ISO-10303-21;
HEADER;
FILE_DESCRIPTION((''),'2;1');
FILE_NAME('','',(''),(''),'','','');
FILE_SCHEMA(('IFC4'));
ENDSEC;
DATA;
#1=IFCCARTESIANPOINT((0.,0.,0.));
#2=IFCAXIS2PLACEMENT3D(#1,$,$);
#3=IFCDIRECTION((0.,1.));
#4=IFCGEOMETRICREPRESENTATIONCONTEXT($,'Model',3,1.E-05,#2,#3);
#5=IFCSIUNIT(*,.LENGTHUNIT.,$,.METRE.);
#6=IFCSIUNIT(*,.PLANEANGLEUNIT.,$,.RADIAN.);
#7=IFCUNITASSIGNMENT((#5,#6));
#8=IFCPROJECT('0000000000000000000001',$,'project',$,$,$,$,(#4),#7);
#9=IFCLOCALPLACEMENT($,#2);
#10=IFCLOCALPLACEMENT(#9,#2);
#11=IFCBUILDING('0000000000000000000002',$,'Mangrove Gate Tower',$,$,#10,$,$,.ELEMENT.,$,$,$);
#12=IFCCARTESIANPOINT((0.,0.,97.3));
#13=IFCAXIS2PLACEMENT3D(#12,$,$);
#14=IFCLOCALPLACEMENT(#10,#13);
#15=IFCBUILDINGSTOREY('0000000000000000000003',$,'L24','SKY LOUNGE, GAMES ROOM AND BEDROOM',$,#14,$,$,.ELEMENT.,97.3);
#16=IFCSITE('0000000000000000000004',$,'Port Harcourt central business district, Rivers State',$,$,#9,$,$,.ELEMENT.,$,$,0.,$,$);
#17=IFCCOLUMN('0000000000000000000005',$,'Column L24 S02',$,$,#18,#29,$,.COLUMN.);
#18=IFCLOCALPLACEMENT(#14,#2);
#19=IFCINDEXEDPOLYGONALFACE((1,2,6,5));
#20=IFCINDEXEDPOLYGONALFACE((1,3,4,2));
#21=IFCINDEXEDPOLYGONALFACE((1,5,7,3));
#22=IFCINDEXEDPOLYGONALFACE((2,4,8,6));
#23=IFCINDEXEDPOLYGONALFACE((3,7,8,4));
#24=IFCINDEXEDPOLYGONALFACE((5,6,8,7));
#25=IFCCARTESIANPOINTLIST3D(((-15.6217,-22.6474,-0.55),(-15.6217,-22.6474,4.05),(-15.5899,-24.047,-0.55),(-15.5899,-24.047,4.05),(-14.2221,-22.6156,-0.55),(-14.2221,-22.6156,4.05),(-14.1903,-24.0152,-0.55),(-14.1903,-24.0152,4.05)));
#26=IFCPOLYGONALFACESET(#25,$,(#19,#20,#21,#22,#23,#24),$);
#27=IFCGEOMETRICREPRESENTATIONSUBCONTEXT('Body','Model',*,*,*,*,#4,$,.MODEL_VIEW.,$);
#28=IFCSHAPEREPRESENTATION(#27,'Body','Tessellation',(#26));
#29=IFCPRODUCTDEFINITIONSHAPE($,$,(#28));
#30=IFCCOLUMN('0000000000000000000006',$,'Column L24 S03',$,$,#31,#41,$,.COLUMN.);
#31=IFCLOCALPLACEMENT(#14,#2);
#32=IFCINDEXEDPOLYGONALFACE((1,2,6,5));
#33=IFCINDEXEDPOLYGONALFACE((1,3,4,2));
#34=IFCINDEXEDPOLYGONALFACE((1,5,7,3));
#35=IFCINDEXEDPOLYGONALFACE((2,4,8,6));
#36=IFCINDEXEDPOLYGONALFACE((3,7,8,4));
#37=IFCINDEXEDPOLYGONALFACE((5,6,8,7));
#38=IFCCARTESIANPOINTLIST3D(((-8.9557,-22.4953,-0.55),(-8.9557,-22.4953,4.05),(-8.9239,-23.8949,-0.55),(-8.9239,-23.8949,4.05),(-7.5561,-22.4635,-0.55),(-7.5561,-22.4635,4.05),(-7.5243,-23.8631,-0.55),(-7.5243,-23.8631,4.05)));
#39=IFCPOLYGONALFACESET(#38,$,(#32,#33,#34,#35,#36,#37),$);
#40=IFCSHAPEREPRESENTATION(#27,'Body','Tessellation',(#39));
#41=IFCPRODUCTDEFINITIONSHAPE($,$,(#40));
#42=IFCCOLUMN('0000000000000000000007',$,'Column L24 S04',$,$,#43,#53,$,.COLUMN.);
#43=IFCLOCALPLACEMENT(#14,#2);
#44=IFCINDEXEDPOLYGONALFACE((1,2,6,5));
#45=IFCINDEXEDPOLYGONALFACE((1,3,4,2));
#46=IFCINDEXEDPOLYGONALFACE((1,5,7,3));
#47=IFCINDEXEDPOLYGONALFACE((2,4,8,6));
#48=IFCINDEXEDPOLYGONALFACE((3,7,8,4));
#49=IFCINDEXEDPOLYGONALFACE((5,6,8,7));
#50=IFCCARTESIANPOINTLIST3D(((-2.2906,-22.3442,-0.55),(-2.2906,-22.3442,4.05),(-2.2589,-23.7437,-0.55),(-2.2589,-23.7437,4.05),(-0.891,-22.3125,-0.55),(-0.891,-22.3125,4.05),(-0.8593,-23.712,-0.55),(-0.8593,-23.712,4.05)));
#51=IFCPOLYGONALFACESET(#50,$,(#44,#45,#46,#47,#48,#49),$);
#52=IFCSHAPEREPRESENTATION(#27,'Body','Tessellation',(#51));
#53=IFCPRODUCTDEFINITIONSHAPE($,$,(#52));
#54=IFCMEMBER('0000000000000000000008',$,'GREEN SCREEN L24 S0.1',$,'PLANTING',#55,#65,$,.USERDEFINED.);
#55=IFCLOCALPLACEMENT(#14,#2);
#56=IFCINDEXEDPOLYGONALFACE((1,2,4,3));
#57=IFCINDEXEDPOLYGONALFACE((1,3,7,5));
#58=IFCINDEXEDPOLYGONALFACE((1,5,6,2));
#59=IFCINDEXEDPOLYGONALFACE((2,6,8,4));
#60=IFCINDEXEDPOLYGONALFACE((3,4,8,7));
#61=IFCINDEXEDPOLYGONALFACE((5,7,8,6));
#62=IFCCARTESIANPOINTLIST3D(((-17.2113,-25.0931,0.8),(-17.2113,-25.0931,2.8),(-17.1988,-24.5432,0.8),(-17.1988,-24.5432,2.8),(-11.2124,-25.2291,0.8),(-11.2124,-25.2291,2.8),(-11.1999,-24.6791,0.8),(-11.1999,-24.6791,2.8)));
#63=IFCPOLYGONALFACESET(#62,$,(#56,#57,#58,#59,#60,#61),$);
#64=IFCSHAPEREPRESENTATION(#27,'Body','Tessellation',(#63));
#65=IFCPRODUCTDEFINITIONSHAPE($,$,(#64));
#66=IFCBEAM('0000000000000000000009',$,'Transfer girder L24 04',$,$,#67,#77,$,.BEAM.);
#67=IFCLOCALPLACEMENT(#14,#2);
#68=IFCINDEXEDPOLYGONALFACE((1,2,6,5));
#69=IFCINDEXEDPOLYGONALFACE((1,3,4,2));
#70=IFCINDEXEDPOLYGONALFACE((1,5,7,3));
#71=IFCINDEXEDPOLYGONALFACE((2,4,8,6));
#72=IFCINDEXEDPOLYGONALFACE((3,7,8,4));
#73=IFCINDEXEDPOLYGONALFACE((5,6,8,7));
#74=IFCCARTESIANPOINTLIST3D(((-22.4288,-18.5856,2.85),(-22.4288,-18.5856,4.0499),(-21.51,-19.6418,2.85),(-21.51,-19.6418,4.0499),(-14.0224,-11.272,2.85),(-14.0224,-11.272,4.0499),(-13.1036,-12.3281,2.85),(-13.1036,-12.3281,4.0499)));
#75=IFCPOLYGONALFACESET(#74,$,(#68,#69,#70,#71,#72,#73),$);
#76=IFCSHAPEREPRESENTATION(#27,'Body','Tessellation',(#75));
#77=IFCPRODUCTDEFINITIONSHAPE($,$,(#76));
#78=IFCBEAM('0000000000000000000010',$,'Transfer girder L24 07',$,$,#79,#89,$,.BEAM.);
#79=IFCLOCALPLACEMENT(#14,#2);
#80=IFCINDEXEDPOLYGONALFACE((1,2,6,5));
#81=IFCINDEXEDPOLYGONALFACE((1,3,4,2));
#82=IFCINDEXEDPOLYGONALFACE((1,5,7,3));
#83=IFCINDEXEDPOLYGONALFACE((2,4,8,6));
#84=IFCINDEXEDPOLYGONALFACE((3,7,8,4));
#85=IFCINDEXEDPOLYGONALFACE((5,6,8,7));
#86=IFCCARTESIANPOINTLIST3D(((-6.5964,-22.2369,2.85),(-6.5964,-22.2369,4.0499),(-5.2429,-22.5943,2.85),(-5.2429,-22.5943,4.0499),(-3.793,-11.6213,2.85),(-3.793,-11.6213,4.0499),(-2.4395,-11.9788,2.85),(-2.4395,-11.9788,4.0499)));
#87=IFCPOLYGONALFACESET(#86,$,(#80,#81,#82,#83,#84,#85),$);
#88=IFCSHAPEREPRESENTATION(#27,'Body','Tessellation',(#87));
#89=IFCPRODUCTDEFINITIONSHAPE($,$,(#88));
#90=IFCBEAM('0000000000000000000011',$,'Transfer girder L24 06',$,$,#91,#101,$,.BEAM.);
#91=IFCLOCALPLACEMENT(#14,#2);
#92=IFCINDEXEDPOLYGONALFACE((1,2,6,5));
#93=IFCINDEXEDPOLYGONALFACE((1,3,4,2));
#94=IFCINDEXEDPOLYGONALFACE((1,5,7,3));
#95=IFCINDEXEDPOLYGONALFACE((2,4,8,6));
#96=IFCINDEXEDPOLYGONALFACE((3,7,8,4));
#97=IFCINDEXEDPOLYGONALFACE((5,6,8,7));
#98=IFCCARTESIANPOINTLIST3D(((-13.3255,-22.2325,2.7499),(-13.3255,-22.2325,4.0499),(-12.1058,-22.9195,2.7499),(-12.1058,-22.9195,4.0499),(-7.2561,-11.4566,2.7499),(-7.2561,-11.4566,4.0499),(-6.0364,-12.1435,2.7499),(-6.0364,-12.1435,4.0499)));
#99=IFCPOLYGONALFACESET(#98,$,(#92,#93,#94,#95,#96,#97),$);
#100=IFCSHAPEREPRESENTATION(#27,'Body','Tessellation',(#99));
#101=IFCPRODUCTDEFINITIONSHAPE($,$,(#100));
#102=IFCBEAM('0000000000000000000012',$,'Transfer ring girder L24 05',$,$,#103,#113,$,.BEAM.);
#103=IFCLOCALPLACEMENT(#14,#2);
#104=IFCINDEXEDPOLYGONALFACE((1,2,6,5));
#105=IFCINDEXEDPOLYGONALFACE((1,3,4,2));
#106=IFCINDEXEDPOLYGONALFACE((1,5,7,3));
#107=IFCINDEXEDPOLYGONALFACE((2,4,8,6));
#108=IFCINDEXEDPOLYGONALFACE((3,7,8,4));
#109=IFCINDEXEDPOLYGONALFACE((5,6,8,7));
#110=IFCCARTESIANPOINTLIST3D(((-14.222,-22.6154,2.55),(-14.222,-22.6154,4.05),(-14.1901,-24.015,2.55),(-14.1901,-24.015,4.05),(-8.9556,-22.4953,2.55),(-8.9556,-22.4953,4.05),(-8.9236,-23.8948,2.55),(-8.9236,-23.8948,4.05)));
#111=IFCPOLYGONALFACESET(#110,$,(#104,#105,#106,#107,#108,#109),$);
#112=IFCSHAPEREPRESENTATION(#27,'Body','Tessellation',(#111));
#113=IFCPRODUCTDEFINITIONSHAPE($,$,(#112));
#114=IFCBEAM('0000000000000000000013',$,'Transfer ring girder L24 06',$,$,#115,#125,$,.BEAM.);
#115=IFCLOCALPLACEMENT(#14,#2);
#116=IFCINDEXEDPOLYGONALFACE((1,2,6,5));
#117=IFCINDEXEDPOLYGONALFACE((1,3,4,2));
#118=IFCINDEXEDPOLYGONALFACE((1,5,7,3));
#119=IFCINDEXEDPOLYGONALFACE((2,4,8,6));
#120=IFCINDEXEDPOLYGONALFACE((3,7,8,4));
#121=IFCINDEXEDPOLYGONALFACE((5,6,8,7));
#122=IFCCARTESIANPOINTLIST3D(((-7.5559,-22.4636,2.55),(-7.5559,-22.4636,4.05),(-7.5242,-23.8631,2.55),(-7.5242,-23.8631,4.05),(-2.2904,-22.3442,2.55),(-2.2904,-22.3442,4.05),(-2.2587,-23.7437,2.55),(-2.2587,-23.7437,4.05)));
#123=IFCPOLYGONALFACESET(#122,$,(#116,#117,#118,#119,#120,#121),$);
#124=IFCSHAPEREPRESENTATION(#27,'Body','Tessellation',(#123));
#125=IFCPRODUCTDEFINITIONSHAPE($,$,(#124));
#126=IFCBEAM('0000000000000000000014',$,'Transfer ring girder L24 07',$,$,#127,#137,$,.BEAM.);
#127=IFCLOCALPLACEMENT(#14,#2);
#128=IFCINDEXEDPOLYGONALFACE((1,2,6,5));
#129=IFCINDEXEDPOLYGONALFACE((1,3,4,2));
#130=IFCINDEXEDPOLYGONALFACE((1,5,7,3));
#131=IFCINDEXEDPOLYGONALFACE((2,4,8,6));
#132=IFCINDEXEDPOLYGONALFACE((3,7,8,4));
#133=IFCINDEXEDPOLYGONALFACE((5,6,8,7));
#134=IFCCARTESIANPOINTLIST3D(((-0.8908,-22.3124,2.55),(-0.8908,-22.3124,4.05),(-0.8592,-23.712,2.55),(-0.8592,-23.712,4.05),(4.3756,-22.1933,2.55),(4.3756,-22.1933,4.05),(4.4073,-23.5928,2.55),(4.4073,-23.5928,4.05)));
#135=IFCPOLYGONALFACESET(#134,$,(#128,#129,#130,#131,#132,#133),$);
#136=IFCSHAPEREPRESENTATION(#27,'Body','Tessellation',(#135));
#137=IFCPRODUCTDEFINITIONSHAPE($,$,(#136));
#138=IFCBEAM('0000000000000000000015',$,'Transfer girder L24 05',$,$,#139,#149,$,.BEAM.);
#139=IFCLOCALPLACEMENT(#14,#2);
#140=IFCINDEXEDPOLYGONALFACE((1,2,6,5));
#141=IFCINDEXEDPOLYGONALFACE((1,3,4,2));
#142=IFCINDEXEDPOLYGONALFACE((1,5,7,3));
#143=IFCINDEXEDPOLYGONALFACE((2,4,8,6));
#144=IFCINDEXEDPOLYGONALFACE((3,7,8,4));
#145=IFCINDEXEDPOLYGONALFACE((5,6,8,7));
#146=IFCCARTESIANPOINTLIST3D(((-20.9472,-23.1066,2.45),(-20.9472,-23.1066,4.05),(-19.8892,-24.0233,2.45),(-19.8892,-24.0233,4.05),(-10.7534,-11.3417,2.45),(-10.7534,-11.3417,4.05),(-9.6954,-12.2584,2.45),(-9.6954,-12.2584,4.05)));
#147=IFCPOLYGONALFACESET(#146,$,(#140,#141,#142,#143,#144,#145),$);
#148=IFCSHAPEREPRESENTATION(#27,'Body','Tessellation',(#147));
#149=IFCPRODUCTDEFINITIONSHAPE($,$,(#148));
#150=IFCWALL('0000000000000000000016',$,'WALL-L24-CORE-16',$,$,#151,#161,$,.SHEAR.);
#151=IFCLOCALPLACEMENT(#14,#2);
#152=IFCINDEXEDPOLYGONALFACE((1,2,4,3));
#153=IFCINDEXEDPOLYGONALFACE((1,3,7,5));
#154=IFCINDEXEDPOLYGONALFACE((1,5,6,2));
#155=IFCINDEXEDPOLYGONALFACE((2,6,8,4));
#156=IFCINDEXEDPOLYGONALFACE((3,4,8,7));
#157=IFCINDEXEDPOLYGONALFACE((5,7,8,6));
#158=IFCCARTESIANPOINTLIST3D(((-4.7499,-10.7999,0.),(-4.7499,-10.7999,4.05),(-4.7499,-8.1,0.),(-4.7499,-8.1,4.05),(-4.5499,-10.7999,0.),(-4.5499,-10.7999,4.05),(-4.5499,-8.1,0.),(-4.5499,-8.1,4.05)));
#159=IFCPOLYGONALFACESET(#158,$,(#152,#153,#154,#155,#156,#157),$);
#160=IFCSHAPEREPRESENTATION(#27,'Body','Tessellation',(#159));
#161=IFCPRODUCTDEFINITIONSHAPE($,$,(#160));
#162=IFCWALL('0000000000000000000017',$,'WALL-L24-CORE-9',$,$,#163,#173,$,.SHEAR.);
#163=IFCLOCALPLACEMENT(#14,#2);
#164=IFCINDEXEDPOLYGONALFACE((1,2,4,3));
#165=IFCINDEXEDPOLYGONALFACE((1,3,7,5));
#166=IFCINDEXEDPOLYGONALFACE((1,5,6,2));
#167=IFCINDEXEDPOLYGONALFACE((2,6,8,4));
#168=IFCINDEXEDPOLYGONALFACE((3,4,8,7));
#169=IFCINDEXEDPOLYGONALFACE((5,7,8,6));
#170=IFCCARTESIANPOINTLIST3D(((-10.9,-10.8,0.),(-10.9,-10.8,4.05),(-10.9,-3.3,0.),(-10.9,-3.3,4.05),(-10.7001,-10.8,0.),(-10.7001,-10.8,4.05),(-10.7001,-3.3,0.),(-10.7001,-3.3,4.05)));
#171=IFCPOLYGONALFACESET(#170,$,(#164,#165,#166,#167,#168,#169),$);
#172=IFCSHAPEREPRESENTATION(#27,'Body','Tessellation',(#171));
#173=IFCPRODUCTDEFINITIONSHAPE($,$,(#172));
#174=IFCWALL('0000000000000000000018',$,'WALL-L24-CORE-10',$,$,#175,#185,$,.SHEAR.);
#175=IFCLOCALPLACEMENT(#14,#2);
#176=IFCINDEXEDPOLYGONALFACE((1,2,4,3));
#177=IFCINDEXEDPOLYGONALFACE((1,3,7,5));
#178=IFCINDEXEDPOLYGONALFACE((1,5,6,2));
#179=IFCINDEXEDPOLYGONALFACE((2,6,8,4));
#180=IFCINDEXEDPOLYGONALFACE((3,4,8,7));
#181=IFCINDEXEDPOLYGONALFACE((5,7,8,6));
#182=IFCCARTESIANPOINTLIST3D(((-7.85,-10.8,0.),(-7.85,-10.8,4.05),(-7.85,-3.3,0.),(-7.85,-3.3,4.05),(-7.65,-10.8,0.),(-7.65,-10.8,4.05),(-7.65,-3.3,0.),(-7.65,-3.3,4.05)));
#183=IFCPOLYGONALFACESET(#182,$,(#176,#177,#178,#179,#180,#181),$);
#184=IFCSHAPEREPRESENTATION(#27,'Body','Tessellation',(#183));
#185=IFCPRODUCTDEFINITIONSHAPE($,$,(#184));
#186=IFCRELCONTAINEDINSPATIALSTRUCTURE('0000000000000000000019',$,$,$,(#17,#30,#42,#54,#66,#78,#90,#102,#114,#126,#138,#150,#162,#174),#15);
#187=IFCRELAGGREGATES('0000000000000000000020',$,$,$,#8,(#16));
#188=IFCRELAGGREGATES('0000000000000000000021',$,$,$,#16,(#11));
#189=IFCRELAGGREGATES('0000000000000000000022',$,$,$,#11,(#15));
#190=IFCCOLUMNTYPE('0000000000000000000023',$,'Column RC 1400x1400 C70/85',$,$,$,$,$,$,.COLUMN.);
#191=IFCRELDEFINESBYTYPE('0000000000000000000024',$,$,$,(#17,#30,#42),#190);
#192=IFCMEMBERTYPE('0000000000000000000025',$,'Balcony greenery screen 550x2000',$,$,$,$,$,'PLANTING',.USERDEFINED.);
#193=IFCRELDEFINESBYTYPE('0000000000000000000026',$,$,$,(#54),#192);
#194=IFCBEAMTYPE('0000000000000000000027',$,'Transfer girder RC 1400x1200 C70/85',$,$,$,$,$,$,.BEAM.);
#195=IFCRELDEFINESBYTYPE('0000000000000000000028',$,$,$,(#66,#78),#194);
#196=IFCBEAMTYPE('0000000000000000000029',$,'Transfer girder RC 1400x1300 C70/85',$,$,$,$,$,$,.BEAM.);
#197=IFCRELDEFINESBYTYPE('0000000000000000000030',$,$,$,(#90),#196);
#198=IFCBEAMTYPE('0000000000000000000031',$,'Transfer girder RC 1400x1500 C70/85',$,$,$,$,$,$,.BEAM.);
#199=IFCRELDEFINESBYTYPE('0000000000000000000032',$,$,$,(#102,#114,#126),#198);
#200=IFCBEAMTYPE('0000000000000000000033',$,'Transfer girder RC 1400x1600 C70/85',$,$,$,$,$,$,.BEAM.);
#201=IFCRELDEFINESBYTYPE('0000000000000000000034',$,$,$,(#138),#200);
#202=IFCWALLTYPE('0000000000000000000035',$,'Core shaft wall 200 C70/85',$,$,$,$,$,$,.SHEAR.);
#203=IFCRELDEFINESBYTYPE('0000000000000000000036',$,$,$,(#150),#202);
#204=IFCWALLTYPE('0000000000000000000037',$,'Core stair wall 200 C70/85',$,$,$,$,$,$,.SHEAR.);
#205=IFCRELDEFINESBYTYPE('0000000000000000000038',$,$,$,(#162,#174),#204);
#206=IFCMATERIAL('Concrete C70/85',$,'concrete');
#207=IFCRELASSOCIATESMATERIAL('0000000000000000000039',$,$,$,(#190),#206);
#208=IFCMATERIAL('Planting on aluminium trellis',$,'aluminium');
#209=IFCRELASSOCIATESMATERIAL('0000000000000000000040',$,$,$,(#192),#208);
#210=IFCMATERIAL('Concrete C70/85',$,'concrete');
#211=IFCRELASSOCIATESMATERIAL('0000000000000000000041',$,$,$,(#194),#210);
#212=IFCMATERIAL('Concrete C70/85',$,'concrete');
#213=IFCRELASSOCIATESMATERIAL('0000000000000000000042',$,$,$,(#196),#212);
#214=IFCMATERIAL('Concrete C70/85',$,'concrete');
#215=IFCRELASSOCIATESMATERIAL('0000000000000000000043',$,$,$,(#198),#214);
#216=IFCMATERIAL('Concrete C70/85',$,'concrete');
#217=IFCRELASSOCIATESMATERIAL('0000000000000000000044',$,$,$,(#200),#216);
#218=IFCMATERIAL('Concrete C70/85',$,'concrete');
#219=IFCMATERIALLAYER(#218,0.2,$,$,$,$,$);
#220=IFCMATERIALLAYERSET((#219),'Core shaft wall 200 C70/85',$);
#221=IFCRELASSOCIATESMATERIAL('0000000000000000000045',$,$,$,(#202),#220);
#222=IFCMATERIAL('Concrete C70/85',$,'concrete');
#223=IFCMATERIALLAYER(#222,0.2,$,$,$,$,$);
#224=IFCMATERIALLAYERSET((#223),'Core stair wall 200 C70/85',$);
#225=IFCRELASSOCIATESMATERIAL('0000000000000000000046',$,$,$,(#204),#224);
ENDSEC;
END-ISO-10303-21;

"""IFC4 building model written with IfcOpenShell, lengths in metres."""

from ifc_helpers import new_model, si_unit, direction, frame, frame_2d, origin, origin_2d, place, context, subcontext, project, spatial, rectangle, extrude, material, layer, layer_set, material_profile, profile_set, type_object, element, save


model = new_model("IFC4")

# Units and contexts
model_context = context("Model", 3, precision=1e-05, world=origin(), true_north=direction((0.0, 1.0)))
body_context = subcontext(model_context, "Body", "Model", "MODEL_VIEW")
ifc_project = project(units=[si_unit("LENGTHUNIT", "METRE"), si_unit("PLANEANGLEUNIT", "RADIAN")], contexts=[model_context])

# Site, building, storey
site_placement = place(None, origin())
site = spatial("IfcSite", under=ifc_project, at=site_placement, Name="Port Harcourt central business district, Rivers State", CompositionType="ELEMENT", RefElevation=0.0)
building_placement = place(site_placement, origin())
building = spatial("IfcBuilding", under=site, at=building_placement, Name="Mangrove Gate Tower", CompositionType="ELEMENT")
storey_placement = place(building_placement, frame((0.0, 0.0, 97.3)))
storey = spatial("IfcBuildingStorey", under=building, at=storey_placement, Name="L24", Description="SKY LOUNGE, GAMES ROOM AND BEDROOM", CompositionType="ELEMENT", Elevation=97.3)

# Columns
ifc_material_1 = material(Name="Concrete C70/85", Category="concrete")
ifc_material_profile_1 = material_profile(ifc_material_1, rectangle(XDim=1.3999, YDim=1.3999, at=origin_2d()))
ifc_profile_set_1 = profile_set([ifc_material_profile_1], Name="Concrete C70/85")
column_type = type_object("IfcColumnType", Name="Column RC 1400x1400 C70/85", PredefinedType="COLUMN", material=ifc_profile_set_1)
for number, where, z_axis, x_axis, name in (
    (1, (-14.906, -23.3313, -0.55), (0.0, 0.0, 1.0), (0.999742, 0.022721, 0.0), "Column L24 S02"),
    (2, (-8.24, -23.1792, -0.55), (0.0, 0.0, 1.0), (0.999742, 0.022723, 0.0), "Column L24 S03"),
    (3, (-1.575, -23.0281, -0.55), (0.0, 0.0, 1.0), (0.999743, 0.022648, 0.0), "Column L24 S04"),
):
    element("IfcColumn", number, at=place(storey_placement, frame(where, z_axis=z_axis, x_axis=x_axis)), inside=storey, type_object=column_type, Name=name, PredefinedType="COLUMN", context=body_context, shape_type="SweptSolid", body=[
        extrude(rectangle(XDim=1.3999, YDim=1.3999, at=origin_2d()), origin(), (0.0, 0.0, 1.0), 4.6001),
    ])

# Member
ifc_material_2 = material(Name="Planting on aluminium trellis", Category="aluminium")
ifc_material_profile_2 = material_profile(ifc_material_2, rectangle(XDim=0.55, YDim=2.0, at=origin_2d()))
ifc_profile_set_2 = profile_set([ifc_material_profile_2], Name="Planting on aluminium trellis")
member_type = type_object("IfcMemberType", Name="Balcony greenery screen 550x2000", ElementType="PLANTING", PredefinedType="USERDEFINED", material=ifc_profile_set_2)
member_placement = place(storey_placement, frame((-17.2051, -24.8181, 1.8), z_axis=(0.999743, -0.022662, 0.0), x_axis=(0.022662, 0.999743, 0.0)))
element("IfcMember", 4, at=member_placement, inside=storey, type_object=member_type, Name="GREEN SCREEN L24 S0.1", ObjectType="PLANTING", PredefinedType="USERDEFINED", context=body_context, shape_type="SweptSolid", body=[
    extrude(rectangle(XDim=0.55, YDim=2.0, at=origin_2d()), origin(), (0.0, 0.0, 1.0), 6.0005),
])

# Beams
ifc_material_3 = material(Name="Concrete C70/85", Category="concrete")
ifc_material_profile_3 = material_profile(ifc_material_3, rectangle(XDim=1.3999, YDim=1.2, at=origin_2d()))
ifc_profile_set_3 = profile_set([ifc_material_profile_3], Name="Concrete C70/85")
beam_type_1 = type_object("IfcBeamType", Name="Transfer girder RC 1400x1200 C70/85", PredefinedType="BEAM", material=ifc_profile_set_3)
beam_1_placement = place(storey_placement, frame((-13.563, -11.8, 3.45), z_axis=(-0.75444, -0.656369, 0.0), x_axis=(0.656369, -0.75444, 0.0)))
element("IfcBeam", 5, at=beam_1_placement, inside=storey, type_object=beam_type_1, Name="Transfer girder L24 04", PredefinedType="BEAM", context=body_context, shape_type="SweptSolid", body=[
    extrude(rectangle(XDim=1.3999, YDim=1.2, at=origin_2d()), origin(), (0.0, 0.0, 1.0), 11.1426),
])
beam_2_placement = place(storey_placement, frame((-3.1162, -11.8, 3.45), z_axis=(-0.255338, -0.966852, 0.0), x_axis=(0.966852, -0.255338, 0.0)))
element("IfcBeam", 6, at=beam_2_placement, inside=storey, type_object=beam_type_1, Name="Transfer girder L24 07", PredefinedType="BEAM", context=body_context, shape_type="SweptSolid", body=[
    extrude(rectangle(XDim=1.3999, YDim=1.2, at=origin_2d()), origin(), (0.0, 0.0, 1.0), 10.9795),
])
ifc_material_4 = material(Name="Concrete C70/85", Category="concrete")
ifc_material_profile_4 = material_profile(ifc_material_4, rectangle(XDim=1.3999, YDim=1.3, at=origin_2d()))
ifc_profile_set_4 = profile_set([ifc_material_profile_4], Name="Concrete C70/85")
beam_type_2 = type_object("IfcBeamType", Name="Transfer girder RC 1400x1300 C70/85", PredefinedType="BEAM", material=ifc_profile_set_4)
beam_3_placement = place(storey_placement, frame((-6.6462, -11.8, 3.3999), z_axis=(-0.490747, -0.871302, 0.0), x_axis=(0.871302, -0.490747, 0.0)))
element("IfcBeam", 7, at=beam_3_placement, inside=storey, type_object=beam_type_2, Name="Transfer girder L24 06", PredefinedType="BEAM", context=body_context, shape_type="SweptSolid", body=[
    extrude(rectangle(XDim=1.3999, YDim=1.3, at=origin_2d()), origin(), (0.0, 0.0, 1.0), 12.3677),
])
ifc_material_5 = material(Name="Concrete C70/85", Category="concrete")
ifc_material_profile_5 = material_profile(ifc_material_5, rectangle(XDim=1.3999, YDim=1.5, at=origin_2d()))
ifc_profile_set_5 = profile_set([ifc_material_profile_5], Name="Concrete C70/85")
beam_type_3 = type_object("IfcBeamType", Name="Transfer girder RC 1400x1500 C70/85", PredefinedType="BEAM", material=ifc_profile_set_5)
beam_4_placement = place(storey_placement, frame((-14.2061, -23.3152, 3.3), z_axis=(0.99974, 0.022802, 0.0), x_axis=(-0.022802, 0.99974, 0.0)))
element("IfcBeam", 8, at=beam_4_placement, inside=storey, type_object=beam_type_3, Name="Transfer ring girder L24 05", PredefinedType="BEAM", context=body_context, shape_type="SweptSolid", body=[
    extrude(rectangle(XDim=1.3999, YDim=1.5, at=origin_2d()), origin(), (0.0, 0.0, 1.0), 5.2678),
])
beam_5_placement = place(storey_placement, frame((-7.54, -23.1633, 3.3), z_axis=(0.999743, 0.022668, 0.0), x_axis=(-0.022668, 0.999743, 0.0)))
element("IfcBeam", 9, at=beam_5_placement, inside=storey, type_object=beam_type_3, Name="Transfer ring girder L24 06", PredefinedType="BEAM", context=body_context, shape_type="SweptSolid", body=[
    extrude(rectangle(XDim=1.3999, YDim=1.5, at=origin_2d()), origin(), (0.0, 0.0, 1.0), 5.2668),
])
beam_6_placement = place(storey_placement, frame((-0.875, -23.0122, 3.3), z_axis=(0.999744, 0.022617, 0.0), x_axis=(-0.022617, 0.999744, 0.0)))
element("IfcBeam", 10, at=beam_6_placement, inside=storey, type_object=beam_type_3, Name="Transfer ring girder L24 07", PredefinedType="BEAM", context=body_context, shape_type="SweptSolid", body=[
    extrude(rectangle(XDim=1.3999, YDim=1.5, at=origin_2d()), origin(), (0.0, 0.0, 1.0), 5.2678),
])
ifc_material_6 = material(Name="Concrete C70/85", Category="concrete")
ifc_material_profile_6 = material_profile(ifc_material_6, rectangle(XDim=1.3999, YDim=1.6001, at=origin_2d()))
ifc_profile_set_6 = profile_set([ifc_material_profile_6], Name="Concrete C70/85")
beam_type_4 = type_object("IfcBeamType", Name="Transfer girder RC 1400x1600 C70/85", PredefinedType="BEAM", material=ifc_profile_set_6)
beam_7_placement = place(storey_placement, frame((-10.2244, -11.8, 3.25), z_axis=(-0.654843, -0.755765, 0.0), x_axis=(0.755765, -0.654843, 0.0)))
element("IfcBeam", 11, at=beam_7_placement, inside=storey, type_object=beam_type_4, Name="Transfer girder L24 05", PredefinedType="BEAM", context=body_context, shape_type="SweptSolid", body=[
    extrude(rectangle(XDim=1.3999, YDim=1.6001, at=origin_2d()), origin(), (0.0, 0.0, 1.0), 15.5669),
])

# Walls
ifc_material_7 = material(Name="Concrete C70/85", Category="concrete")
ifc_layer_1 = layer(ifc_material_7, 0.2)
ifc_layer_set_1 = layer_set([ifc_layer_1], Name="Core shaft wall 200 C70/85")
wall_type_1 = type_object("IfcWallType", Name="Core shaft wall 200 C70/85", PredefinedType="SHEAR", material=ifc_layer_set_1)
wall_1_placement = place(storey_placement, frame((-4.6499, -10.8, 0.0), z_axis=(0.0, 0.0, 1.0), x_axis=(0.0, 1.0, 0.0)))
element("IfcWall", 12, at=wall_1_placement, inside=storey, type_object=wall_type_1, Name="WALL-L24-CORE-16", PredefinedType="SHEAR", context=body_context, shape_type="SweptSolid", body=[
    extrude(rectangle(XDim=2.7, YDim=0.2, at=frame_2d((1.3501, 0.0))), origin(), (0.0, 0.0, 1.0), 4.05),
])
ifc_material_8 = material(Name="Concrete C70/85", Category="concrete")
ifc_layer_2 = layer(ifc_material_8, 0.2)
ifc_layer_set_2 = layer_set([ifc_layer_2], Name="Core stair wall 200 C70/85")
wall_type_2 = type_object("IfcWallType", Name="Core stair wall 200 C70/85", PredefinedType="SHEAR", material=ifc_layer_set_2)
for number, where, z_axis, x_axis, name in (
    (13, (-10.8, -10.8, 0.0), (0.0, 0.0, 1.0), (0.0, 1.0, 0.0), "WALL-L24-CORE-9"),
    (14, (-7.75, -10.8, 0.0), (0.0, 0.0, 1.0), (0.0, 1.0, 0.0), "WALL-L24-CORE-10"),
):
    element("IfcWall", number, at=place(storey_placement, frame(where, z_axis=z_axis, x_axis=x_axis)), inside=storey, type_object=wall_type_2, Name=name, PredefinedType="SHEAR", context=body_context, shape_type="SweptSolid", body=[
        extrude(rectangle(XDim=7.5, YDim=0.2, at=frame_2d((3.75, 0.0))), origin(), (0.0, 0.0, 1.0), 4.05),
    ])

save(model, "model.ifc")
